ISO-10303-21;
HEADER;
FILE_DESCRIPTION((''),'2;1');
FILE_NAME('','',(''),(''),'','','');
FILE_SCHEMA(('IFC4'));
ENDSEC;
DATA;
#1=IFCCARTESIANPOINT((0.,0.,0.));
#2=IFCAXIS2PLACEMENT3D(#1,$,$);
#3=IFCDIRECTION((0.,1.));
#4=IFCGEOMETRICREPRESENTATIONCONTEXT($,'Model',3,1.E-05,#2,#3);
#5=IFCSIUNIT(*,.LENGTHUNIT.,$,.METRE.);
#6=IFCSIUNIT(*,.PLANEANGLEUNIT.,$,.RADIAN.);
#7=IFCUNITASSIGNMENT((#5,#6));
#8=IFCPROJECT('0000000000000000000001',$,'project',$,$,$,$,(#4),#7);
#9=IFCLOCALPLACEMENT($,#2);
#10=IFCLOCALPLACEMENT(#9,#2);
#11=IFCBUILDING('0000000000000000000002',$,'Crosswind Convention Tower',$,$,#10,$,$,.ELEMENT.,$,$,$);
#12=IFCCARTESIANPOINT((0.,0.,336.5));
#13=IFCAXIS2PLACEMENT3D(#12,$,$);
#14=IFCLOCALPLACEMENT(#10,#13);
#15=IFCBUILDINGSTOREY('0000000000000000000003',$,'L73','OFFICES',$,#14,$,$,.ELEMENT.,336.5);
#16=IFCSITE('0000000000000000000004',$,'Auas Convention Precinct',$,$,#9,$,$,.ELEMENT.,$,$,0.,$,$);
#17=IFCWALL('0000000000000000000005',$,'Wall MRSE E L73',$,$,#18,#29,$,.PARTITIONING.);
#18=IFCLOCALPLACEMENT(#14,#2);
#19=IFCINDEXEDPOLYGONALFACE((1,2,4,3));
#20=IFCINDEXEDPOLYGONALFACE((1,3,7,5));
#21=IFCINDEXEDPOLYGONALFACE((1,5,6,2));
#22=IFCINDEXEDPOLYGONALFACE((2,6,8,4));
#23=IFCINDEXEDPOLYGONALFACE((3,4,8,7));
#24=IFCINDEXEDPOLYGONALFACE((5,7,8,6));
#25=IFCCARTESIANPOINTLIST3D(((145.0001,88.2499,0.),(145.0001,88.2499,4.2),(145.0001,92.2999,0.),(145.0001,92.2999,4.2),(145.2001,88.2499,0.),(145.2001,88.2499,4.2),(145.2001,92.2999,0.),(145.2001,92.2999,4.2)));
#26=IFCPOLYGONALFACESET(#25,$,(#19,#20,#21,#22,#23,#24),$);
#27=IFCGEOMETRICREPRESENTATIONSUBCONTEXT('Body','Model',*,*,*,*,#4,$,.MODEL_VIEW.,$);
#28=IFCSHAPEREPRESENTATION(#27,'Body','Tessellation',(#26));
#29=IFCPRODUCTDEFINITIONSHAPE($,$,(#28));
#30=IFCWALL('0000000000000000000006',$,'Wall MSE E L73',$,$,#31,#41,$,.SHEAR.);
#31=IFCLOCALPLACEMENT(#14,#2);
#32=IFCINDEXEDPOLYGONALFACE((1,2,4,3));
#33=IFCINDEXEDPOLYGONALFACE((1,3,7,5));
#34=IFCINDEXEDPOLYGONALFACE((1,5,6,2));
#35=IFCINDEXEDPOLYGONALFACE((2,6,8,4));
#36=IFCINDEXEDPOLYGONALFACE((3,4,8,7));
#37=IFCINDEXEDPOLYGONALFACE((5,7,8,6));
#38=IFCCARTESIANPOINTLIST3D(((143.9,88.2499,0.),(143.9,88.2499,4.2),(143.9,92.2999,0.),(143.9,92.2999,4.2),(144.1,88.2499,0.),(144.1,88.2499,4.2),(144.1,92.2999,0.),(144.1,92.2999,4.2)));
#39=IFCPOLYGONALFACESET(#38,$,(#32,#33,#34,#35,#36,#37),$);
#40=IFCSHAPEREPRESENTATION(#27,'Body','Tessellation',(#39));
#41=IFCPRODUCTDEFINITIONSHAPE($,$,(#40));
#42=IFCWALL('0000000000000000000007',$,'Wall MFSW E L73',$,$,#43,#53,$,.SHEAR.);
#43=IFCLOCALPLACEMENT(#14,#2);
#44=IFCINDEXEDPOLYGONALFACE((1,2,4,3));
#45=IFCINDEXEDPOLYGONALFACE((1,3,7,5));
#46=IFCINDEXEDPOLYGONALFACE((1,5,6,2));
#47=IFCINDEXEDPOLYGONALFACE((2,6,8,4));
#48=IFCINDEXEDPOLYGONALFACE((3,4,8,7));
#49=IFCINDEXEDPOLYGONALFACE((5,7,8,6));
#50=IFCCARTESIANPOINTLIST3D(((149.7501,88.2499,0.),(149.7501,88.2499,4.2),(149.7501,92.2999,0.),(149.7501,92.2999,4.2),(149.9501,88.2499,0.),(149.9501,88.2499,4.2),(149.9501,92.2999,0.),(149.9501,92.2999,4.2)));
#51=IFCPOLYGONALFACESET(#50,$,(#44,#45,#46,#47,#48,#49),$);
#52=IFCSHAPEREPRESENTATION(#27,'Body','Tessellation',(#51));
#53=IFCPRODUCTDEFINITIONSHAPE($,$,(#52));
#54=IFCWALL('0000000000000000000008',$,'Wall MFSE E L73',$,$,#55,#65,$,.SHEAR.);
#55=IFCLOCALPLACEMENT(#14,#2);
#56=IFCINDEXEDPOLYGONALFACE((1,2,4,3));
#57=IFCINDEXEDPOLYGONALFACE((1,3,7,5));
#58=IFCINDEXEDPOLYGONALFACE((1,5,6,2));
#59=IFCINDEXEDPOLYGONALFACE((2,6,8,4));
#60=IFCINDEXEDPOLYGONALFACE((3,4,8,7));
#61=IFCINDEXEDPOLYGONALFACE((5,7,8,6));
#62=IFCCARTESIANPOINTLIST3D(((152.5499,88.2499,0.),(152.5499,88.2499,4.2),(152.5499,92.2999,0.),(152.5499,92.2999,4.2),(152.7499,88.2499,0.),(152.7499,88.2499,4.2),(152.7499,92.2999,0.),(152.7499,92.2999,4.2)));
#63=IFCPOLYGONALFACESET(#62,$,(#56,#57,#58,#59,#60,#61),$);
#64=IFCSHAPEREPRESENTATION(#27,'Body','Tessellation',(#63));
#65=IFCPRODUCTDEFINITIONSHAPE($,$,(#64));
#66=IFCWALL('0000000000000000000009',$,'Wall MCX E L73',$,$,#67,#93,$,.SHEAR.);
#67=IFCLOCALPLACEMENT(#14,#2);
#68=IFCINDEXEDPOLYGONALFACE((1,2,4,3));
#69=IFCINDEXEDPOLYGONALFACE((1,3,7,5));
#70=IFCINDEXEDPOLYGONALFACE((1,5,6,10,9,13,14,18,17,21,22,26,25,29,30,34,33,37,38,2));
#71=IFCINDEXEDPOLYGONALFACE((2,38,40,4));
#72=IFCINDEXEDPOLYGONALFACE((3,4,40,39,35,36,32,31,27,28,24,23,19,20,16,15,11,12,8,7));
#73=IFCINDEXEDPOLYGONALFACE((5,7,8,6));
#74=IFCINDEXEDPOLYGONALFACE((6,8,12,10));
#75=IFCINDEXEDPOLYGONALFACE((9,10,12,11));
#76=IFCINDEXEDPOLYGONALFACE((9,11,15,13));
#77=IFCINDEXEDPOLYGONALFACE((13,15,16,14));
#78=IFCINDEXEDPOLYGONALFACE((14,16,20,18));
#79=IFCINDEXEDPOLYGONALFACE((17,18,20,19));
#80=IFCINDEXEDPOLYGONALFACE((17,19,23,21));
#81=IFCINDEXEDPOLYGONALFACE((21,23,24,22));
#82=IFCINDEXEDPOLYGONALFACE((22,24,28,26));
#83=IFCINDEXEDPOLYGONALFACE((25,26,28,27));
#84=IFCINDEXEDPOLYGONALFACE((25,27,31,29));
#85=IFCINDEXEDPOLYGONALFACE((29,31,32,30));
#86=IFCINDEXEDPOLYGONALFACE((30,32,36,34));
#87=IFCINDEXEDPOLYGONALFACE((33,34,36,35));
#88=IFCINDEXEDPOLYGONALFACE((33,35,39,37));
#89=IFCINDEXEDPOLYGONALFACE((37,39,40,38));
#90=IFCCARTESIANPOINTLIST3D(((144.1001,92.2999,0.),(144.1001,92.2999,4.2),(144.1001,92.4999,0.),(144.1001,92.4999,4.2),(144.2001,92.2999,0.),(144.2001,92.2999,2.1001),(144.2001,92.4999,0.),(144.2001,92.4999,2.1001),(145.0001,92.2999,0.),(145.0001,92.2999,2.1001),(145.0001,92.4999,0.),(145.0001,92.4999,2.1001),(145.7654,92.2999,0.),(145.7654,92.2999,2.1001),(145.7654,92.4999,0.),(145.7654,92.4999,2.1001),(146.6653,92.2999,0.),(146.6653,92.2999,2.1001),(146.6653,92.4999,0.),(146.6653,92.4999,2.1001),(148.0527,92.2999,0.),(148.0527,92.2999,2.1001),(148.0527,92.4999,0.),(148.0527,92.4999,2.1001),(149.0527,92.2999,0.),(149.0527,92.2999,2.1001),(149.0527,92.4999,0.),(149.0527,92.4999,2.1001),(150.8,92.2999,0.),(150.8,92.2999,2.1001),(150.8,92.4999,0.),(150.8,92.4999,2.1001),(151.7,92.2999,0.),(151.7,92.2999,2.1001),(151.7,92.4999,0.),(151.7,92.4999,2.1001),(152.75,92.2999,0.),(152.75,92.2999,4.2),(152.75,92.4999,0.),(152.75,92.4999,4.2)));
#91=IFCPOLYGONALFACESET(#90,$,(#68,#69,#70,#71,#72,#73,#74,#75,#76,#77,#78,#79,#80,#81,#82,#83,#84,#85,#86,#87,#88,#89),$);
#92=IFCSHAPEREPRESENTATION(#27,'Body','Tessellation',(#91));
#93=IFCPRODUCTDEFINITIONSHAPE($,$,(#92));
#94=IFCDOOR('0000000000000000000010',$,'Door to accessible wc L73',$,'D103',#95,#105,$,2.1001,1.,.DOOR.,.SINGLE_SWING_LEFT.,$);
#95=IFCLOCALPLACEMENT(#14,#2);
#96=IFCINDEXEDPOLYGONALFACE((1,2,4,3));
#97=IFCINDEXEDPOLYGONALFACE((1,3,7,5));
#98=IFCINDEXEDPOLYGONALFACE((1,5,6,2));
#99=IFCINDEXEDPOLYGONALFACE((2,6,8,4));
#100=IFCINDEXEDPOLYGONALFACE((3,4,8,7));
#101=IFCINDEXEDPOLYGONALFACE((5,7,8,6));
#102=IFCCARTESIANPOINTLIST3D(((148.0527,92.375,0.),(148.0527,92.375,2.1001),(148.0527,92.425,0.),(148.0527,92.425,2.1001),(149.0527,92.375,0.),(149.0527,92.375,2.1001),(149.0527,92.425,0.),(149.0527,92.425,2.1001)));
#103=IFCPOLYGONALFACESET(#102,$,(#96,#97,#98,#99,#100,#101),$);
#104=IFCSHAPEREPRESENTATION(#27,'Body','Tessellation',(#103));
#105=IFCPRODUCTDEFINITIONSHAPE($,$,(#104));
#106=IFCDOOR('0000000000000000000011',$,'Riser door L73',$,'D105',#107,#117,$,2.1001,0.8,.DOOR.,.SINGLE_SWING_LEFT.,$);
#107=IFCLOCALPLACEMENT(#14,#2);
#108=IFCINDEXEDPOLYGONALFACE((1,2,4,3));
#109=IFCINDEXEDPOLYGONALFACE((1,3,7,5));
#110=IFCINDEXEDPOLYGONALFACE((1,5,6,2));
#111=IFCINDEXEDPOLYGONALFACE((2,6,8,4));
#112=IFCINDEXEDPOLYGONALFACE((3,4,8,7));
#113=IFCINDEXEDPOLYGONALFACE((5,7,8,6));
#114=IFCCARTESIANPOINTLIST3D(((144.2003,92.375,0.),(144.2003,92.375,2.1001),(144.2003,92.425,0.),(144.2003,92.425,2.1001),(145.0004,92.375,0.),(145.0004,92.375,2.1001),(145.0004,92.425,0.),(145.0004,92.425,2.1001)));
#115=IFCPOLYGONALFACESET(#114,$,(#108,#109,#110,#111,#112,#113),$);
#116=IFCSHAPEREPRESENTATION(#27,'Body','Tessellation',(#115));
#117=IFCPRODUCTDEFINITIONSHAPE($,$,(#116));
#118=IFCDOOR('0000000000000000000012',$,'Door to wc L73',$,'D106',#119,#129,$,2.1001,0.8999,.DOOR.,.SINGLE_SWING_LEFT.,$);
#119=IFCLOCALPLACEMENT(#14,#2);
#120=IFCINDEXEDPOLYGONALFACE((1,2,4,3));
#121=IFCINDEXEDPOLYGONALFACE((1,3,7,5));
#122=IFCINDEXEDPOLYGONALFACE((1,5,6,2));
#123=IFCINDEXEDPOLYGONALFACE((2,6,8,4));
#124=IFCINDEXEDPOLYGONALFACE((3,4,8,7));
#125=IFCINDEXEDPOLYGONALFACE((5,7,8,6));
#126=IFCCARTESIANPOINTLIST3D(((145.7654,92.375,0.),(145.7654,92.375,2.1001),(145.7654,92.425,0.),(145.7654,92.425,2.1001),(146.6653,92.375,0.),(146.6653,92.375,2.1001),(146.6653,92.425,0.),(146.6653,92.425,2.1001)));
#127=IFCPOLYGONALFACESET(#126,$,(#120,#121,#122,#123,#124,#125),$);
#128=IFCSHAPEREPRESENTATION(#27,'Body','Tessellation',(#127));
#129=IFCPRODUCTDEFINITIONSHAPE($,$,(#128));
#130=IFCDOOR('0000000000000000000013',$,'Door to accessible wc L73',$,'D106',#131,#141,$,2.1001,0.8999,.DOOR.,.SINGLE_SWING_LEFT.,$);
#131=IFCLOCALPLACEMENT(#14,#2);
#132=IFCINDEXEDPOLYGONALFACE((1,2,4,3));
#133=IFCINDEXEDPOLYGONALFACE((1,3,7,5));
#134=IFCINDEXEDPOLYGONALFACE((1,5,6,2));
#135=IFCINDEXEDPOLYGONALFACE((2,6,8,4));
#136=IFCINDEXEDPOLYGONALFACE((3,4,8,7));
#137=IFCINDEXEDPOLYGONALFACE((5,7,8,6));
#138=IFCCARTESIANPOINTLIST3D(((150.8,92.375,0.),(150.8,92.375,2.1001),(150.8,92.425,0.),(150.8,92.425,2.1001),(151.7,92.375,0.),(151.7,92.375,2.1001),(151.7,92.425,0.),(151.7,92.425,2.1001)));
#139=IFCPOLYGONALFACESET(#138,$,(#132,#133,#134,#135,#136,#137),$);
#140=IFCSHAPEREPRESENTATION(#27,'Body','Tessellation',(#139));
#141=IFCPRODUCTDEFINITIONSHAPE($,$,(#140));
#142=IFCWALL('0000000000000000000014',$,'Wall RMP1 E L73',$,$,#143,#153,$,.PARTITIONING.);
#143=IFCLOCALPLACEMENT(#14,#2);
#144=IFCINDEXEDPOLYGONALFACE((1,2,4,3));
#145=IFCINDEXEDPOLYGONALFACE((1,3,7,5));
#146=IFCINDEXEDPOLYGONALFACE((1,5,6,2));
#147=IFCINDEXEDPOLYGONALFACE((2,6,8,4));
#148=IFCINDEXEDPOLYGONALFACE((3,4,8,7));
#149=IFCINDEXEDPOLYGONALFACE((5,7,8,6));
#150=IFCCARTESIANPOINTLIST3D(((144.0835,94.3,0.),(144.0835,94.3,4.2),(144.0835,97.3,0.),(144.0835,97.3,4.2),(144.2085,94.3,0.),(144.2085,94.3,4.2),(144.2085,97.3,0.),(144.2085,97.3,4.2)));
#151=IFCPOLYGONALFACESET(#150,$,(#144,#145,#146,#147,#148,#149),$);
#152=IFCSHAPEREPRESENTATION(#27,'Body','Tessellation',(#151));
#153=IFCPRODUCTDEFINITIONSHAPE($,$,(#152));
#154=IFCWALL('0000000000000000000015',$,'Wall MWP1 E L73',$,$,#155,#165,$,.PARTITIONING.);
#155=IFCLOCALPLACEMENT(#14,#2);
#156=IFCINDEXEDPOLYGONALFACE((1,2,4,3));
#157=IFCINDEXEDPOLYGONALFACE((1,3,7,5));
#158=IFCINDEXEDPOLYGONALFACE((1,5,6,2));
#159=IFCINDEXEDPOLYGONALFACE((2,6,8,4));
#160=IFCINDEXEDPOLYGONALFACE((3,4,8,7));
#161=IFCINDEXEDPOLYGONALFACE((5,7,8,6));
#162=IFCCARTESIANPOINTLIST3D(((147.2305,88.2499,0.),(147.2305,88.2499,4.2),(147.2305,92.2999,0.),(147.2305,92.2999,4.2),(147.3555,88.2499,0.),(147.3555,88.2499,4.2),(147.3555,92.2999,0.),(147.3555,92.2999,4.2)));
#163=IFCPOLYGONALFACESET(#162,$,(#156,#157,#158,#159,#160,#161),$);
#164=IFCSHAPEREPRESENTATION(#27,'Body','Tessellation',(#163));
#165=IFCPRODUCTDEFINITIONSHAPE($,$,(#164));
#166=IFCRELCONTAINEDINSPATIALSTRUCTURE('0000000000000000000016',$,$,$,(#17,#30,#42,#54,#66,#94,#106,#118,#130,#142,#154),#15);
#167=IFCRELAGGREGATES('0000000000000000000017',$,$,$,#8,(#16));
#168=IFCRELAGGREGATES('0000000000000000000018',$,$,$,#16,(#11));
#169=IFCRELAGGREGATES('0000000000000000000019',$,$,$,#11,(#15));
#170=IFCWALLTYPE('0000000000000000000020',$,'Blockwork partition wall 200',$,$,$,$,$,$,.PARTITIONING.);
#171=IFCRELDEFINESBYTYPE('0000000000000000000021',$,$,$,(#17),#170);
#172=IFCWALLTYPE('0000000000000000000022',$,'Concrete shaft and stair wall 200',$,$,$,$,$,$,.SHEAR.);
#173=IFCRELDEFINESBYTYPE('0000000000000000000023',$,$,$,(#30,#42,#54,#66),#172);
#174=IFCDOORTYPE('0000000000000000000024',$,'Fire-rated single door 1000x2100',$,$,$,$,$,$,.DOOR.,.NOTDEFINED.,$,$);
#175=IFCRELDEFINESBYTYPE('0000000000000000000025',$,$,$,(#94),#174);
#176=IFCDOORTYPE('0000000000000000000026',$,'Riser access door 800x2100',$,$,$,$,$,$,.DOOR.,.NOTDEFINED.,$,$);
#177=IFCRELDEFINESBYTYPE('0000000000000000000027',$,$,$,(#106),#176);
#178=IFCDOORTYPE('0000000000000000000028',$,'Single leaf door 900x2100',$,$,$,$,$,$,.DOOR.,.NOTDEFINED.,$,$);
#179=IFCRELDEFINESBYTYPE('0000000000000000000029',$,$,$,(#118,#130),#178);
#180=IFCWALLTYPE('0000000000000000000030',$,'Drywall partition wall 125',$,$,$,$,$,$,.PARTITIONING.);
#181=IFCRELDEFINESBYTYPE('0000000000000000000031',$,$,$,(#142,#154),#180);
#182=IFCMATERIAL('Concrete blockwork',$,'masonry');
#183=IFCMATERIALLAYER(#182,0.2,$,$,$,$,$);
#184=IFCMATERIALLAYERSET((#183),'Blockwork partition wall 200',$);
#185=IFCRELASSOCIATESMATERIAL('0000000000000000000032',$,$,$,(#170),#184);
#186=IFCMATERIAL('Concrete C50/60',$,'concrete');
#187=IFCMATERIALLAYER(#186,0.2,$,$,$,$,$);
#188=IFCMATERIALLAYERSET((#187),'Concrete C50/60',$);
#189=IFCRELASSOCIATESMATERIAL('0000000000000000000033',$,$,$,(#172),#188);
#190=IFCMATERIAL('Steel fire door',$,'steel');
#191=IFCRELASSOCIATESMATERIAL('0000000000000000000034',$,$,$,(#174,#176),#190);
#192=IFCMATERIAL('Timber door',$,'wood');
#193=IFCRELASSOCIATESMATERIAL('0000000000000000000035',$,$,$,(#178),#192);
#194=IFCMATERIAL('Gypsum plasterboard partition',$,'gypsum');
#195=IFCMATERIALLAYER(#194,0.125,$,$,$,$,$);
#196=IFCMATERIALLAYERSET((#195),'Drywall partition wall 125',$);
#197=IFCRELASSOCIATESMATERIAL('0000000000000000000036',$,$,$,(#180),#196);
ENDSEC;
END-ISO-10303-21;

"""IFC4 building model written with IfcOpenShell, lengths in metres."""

from ifc_helpers import new_model, si_unit, direction, frame, frame_2d, origin, place, context, subcontext, project, spatial, rectangle, extrude, material, layer, layer_set, type_object, element, fill, save


model = new_model("IFC4")

# Units and contexts
model_context = context("Model", 3, precision=1e-05, world=origin(), true_north=direction((0.0, 1.0)))
body_context = subcontext(model_context, "Body", "Model", "MODEL_VIEW")
ifc_project = project(units=[si_unit("LENGTHUNIT", "METRE"), si_unit("PLANEANGLEUNIT", "RADIAN")], contexts=[model_context])

# Site, building, storey
site_placement = place(None, origin())
site = spatial("IfcSite", under=ifc_project, at=site_placement, Name="Auas Convention Precinct", CompositionType="ELEMENT", RefElevation=0.0)
building_placement = place(site_placement, origin())
building = spatial("IfcBuilding", under=site, at=building_placement, Name="Crosswind Convention Tower", CompositionType="ELEMENT")
storey_placement = place(building_placement, frame((0.0, 0.0, 336.5)))
storey = spatial("IfcBuildingStorey", under=building, at=storey_placement, Name="L73", Description="OFFICES", CompositionType="ELEMENT", Elevation=336.5)

# Walls
ifc_material_1 = material(Name="Concrete blockwork", Category="masonry")
ifc_layer_1 = layer(ifc_material_1, 0.2)
ifc_layer_set_1 = layer_set([ifc_layer_1], Name="Blockwork partition wall 200")
wall_type_1 = type_object("IfcWallType", Name="Blockwork partition wall 200", PredefinedType="PARTITIONING", material=ifc_layer_set_1)
wall_1_placement = place(storey_placement, frame((145.1001, 88.25, 0.0), z_axis=(0.0, 0.0, 1.0), x_axis=(0.0, 1.0, 0.0)))
element("IfcWall", 1, at=wall_1_placement, inside=storey, type_object=wall_type_1, Name="Wall MRSE E L73", PredefinedType="PARTITIONING", context=body_context, shape_type="SweptSolid", body=[
    extrude(rectangle(XDim=4.05, YDim=0.2, at=frame_2d((2.0249, 0.0))), origin(), (0.0, 0.0, 1.0), 4.2),
])
ifc_material_2 = material(Name="Concrete C50/60", Category="concrete")
ifc_layer_2 = layer(ifc_material_2, 0.2)
ifc_layer_set_2 = layer_set([ifc_layer_2], Name="Concrete C50/60")
wall_type_2 = type_object("IfcWallType", Name="Concrete shaft and stair wall 200", PredefinedType="SHEAR", material=ifc_layer_set_2)
for number, where, z_axis, x_axis, name in (
    (2, (144.0, 88.25, 0.0), (0.0, 0.0, 1.0), (0.0, 1.0, 0.0), "Wall MSE E L73"),
    (3, (149.8501, 88.25, 0.0), (0.0, 0.0, 1.0), (0.0, 1.0, 0.0), "Wall MFSW E L73"),
    (4, (152.6499, 88.25, 0.0), (0.0, 0.0, 1.0), (0.0, 1.0, 0.0), "Wall MFSE E L73"),
):
    element("IfcWall", number, at=place(storey_placement, frame(where, z_axis=z_axis, x_axis=x_axis)), inside=storey, type_object=wall_type_2, Name=name, PredefinedType="SHEAR", context=body_context, shape_type="SweptSolid", body=[
        extrude(rectangle(XDim=4.05, YDim=0.2, at=frame_2d((2.0249, 0.0))), origin(), (0.0, 0.0, 1.0), 4.2),
    ])

# Wall, openings, doors
wall_2_placement = place(storey_placement, frame((144.1001, 92.3999, 0.0), z_axis=(0.0, 0.0, 1.0), x_axis=(1.0, 0.0, 0.0)))
wall_2 = element("IfcWall", 5, at=wall_2_placement, inside=storey, type_object=wall_type_2, Name="Wall MCX E L73", PredefinedType="SHEAR", context=body_context, shape_type="SweptSolid", body=[
    extrude(rectangle(XDim=8.6499, YDim=0.2, at=frame_2d((4.325, 0.0))), origin(), (0.0, 0.0, 1.0), 4.2),
])
opening_1_placement = place(wall_2_placement, frame((0.1001, 0.0, 0.0)))
opening_1 = element("IfcOpeningElement", 6, at=opening_1_placement, cuts=wall_2, PredefinedType="OPENING", context=body_context, shape_type="SweptSolid", body=[
    extrude(rectangle(XDim=0.8, YDim=2.1001, at=frame_2d((0.3999, 1.05))), frame((0.0, 0.1099, 0.0), z_axis=(0.0, -1.0, 0.0), x_axis=(1.0, 0.0, 0.0)), (0.0, 0.0, 1.0), 0.22),
])
opening_2_placement = place(wall_2_placement, frame((1.6653, 0.0, 0.0)))
opening_2 = element("IfcOpeningElement", 7, at=opening_2_placement, cuts=wall_2, PredefinedType="OPENING", context=body_context, shape_type="SweptSolid", body=[
    extrude(rectangle(XDim=0.8999, YDim=2.1001, at=frame_2d((0.45, 1.05))), frame((0.0, 0.1099, 0.0), z_axis=(0.0, -1.0, 0.0), x_axis=(1.0, 0.0, 0.0)), (0.0, 0.0, 1.0), 0.22),
])
opening_3_placement = place(wall_2_placement, frame((3.9526, 0.0, 0.0)))
opening_3 = element("IfcOpeningElement", 8, at=opening_3_placement, cuts=wall_2, PredefinedType="OPENING", context=body_context, shape_type="SweptSolid", body=[
    extrude(rectangle(XDim=1.0, YDim=2.1001, at=frame_2d((0.5, 1.05))), frame((0.0, 0.1099, 0.0), z_axis=(0.0, -1.0, 0.0), x_axis=(1.0, 0.0, 0.0)), (0.0, 0.0, 1.0), 0.22),
])
opening_4_placement = place(wall_2_placement, frame((6.7, 0.0, 0.0)))
opening_4 = element("IfcOpeningElement", 9, at=opening_4_placement, cuts=wall_2, PredefinedType="OPENING", context=body_context, shape_type="SweptSolid", body=[
    extrude(rectangle(XDim=0.8999, YDim=2.1001, at=frame_2d((0.45, 1.05))), frame((0.0, 0.1099, 0.0), z_axis=(0.0, -1.0, 0.0), x_axis=(1.0, 0.0, 0.0)), (0.0, 0.0, 1.0), 0.22),
])
ifc_material_3 = material(Name="Steel fire door", Category="steel")
door_type_1 = type_object("IfcDoorType", Name="Fire-rated single door 1000x2100", OperationType="NOTDEFINED", PredefinedType="DOOR", material=ifc_material_3)
door_1_placement = place(opening_3_placement, frame((1.0, 0.0, 0.0), z_axis=(0.0, 0.0, 1.0), x_axis=(-1.0, 0.0, 0.0)))
door_1 = element("IfcDoor", 10, at=door_1_placement, inside=storey, type_object=door_type_1, Name="Door to accessible wc L73", ObjectType="D103", OperationType="SINGLE_SWING_LEFT", OverallHeight=2.1001, OverallWidth=1.0, PredefinedType="DOOR", context=body_context, shape_type="SweptSolid", body=[
    extrude(rectangle(XDim=1.0, YDim=2.1001, at=frame_2d((0.5, 1.05))), frame((0.0, 0.0249, 0.0), z_axis=(0.0, -1.0, 0.0), x_axis=(1.0, 0.0, 0.0)), (0.0, 0.0, 1.0), 0.05),
])
fill(opening_3, door_1)
door_type_2 = type_object("IfcDoorType", Name="Riser access door 800x2100", OperationType="NOTDEFINED", PredefinedType="DOOR", material=ifc_material_3)
door_2_placement = place(opening_1_placement, frame((0.8, 0.0, 0.0), z_axis=(0.0, 0.0, 1.0), x_axis=(-1.0, 0.0, 0.0)))
door_2 = element("IfcDoor", 11, at=door_2_placement, inside=storey, type_object=door_type_2, Name="Riser door L73", ObjectType="D105", OperationType="SINGLE_SWING_LEFT", OverallHeight=2.1001, OverallWidth=0.8, PredefinedType="DOOR", context=body_context, shape_type="SweptSolid", body=[
    extrude(rectangle(XDim=0.8, YDim=2.1001, at=frame_2d((0.3999, 1.05))), frame((0.0, 0.0249, 0.0), z_axis=(0.0, -1.0, 0.0), x_axis=(1.0, 0.0, 0.0)), (0.0, 0.0, 1.0), 0.05),
])
fill(opening_1, door_2)
ifc_material_4 = material(Name="Timber door", Category="wood")
door_type_3 = type_object("IfcDoorType", Name="Single leaf door 900x2100", OperationType="NOTDEFINED", PredefinedType="DOOR", material=ifc_material_4)
door_3_placement = place(opening_2_placement, frame((0.8999, 0.0, 0.0), z_axis=(0.0, 0.0, 1.0), x_axis=(-1.0, 0.0, 0.0)))
door_3 = element("IfcDoor", 12, at=door_3_placement, inside=storey, type_object=door_type_3, Name="Door to wc L73", ObjectType="D106", OperationType="SINGLE_SWING_LEFT", OverallHeight=2.1001, OverallWidth=0.8999, PredefinedType="DOOR", context=body_context, shape_type="SweptSolid", body=[
    extrude(rectangle(XDim=0.8999, YDim=2.1001, at=frame_2d((0.45, 1.05))), frame((0.0, 0.0249, 0.0), z_axis=(0.0, -1.0, 0.0), x_axis=(1.0, 0.0, 0.0)), (0.0, 0.0, 1.0), 0.05),
])
fill(opening_2, door_3)
door_4_placement = place(opening_4_placement, frame((0.8999, 0.0, 0.0), z_axis=(0.0, 0.0, 1.0), x_axis=(-1.0, 0.0, 0.0)))
door_4 = element("IfcDoor", 13, at=door_4_placement, inside=storey, type_object=door_type_3, Name="Door to accessible wc L73", ObjectType="D106", OperationType="SINGLE_SWING_LEFT", OverallHeight=2.1001, OverallWidth=0.8999, PredefinedType="DOOR", context=body_context, shape_type="SweptSolid", body=[
    extrude(rectangle(XDim=0.8999, YDim=2.1001, at=frame_2d((0.45, 1.05))), frame((0.0, 0.0249, 0.0), z_axis=(0.0, -1.0, 0.0), x_axis=(1.0, 0.0, 0.0)), (0.0, 0.0, 1.0), 0.05),
])
fill(opening_4, door_4)

# Walls
ifc_material_5 = material(Name="Gypsum plasterboard partition", Category="gypsum")
ifc_layer_3 = layer(ifc_material_5, 0.125)
ifc_layer_set_3 = layer_set([ifc_layer_3], Name="Drywall partition wall 125")
wall_type_3 = type_object("IfcWallType", Name="Drywall partition wall 125", PredefinedType="PARTITIONING", material=ifc_layer_set_3)
wall_3_placement = place(storey_placement, frame((144.146, 94.3, 0.0), z_axis=(0.0, 0.0, 1.0), x_axis=(0.0, 1.0, 0.0)))
element("IfcWall", 14, at=wall_3_placement, inside=storey, type_object=wall_type_3, Name="Wall RMP1 E L73", PredefinedType="PARTITIONING", context=body_context, shape_type="SweptSolid", body=[
    extrude(rectangle(XDim=3.0, YDim=0.125, at=frame_2d((1.5, 0.0))), origin(), (0.0, 0.0, 1.0), 4.2),
])
wall_4_placement = place(storey_placement, frame((147.293, 88.25, 0.0), z_axis=(0.0, 0.0, 1.0), x_axis=(0.0, 1.0, 0.0)))
element("IfcWall", 15, at=wall_4_placement, inside=storey, type_object=wall_type_3, Name="Wall MWP1 E L73", PredefinedType="PARTITIONING", context=body_context, shape_type="SweptSolid", body=[
    extrude(rectangle(XDim=4.05, YDim=0.125, at=frame_2d((2.0249, 0.0))), origin(), (0.0, 0.0, 1.0), 4.2),
])

save(model, "model.ifc")
